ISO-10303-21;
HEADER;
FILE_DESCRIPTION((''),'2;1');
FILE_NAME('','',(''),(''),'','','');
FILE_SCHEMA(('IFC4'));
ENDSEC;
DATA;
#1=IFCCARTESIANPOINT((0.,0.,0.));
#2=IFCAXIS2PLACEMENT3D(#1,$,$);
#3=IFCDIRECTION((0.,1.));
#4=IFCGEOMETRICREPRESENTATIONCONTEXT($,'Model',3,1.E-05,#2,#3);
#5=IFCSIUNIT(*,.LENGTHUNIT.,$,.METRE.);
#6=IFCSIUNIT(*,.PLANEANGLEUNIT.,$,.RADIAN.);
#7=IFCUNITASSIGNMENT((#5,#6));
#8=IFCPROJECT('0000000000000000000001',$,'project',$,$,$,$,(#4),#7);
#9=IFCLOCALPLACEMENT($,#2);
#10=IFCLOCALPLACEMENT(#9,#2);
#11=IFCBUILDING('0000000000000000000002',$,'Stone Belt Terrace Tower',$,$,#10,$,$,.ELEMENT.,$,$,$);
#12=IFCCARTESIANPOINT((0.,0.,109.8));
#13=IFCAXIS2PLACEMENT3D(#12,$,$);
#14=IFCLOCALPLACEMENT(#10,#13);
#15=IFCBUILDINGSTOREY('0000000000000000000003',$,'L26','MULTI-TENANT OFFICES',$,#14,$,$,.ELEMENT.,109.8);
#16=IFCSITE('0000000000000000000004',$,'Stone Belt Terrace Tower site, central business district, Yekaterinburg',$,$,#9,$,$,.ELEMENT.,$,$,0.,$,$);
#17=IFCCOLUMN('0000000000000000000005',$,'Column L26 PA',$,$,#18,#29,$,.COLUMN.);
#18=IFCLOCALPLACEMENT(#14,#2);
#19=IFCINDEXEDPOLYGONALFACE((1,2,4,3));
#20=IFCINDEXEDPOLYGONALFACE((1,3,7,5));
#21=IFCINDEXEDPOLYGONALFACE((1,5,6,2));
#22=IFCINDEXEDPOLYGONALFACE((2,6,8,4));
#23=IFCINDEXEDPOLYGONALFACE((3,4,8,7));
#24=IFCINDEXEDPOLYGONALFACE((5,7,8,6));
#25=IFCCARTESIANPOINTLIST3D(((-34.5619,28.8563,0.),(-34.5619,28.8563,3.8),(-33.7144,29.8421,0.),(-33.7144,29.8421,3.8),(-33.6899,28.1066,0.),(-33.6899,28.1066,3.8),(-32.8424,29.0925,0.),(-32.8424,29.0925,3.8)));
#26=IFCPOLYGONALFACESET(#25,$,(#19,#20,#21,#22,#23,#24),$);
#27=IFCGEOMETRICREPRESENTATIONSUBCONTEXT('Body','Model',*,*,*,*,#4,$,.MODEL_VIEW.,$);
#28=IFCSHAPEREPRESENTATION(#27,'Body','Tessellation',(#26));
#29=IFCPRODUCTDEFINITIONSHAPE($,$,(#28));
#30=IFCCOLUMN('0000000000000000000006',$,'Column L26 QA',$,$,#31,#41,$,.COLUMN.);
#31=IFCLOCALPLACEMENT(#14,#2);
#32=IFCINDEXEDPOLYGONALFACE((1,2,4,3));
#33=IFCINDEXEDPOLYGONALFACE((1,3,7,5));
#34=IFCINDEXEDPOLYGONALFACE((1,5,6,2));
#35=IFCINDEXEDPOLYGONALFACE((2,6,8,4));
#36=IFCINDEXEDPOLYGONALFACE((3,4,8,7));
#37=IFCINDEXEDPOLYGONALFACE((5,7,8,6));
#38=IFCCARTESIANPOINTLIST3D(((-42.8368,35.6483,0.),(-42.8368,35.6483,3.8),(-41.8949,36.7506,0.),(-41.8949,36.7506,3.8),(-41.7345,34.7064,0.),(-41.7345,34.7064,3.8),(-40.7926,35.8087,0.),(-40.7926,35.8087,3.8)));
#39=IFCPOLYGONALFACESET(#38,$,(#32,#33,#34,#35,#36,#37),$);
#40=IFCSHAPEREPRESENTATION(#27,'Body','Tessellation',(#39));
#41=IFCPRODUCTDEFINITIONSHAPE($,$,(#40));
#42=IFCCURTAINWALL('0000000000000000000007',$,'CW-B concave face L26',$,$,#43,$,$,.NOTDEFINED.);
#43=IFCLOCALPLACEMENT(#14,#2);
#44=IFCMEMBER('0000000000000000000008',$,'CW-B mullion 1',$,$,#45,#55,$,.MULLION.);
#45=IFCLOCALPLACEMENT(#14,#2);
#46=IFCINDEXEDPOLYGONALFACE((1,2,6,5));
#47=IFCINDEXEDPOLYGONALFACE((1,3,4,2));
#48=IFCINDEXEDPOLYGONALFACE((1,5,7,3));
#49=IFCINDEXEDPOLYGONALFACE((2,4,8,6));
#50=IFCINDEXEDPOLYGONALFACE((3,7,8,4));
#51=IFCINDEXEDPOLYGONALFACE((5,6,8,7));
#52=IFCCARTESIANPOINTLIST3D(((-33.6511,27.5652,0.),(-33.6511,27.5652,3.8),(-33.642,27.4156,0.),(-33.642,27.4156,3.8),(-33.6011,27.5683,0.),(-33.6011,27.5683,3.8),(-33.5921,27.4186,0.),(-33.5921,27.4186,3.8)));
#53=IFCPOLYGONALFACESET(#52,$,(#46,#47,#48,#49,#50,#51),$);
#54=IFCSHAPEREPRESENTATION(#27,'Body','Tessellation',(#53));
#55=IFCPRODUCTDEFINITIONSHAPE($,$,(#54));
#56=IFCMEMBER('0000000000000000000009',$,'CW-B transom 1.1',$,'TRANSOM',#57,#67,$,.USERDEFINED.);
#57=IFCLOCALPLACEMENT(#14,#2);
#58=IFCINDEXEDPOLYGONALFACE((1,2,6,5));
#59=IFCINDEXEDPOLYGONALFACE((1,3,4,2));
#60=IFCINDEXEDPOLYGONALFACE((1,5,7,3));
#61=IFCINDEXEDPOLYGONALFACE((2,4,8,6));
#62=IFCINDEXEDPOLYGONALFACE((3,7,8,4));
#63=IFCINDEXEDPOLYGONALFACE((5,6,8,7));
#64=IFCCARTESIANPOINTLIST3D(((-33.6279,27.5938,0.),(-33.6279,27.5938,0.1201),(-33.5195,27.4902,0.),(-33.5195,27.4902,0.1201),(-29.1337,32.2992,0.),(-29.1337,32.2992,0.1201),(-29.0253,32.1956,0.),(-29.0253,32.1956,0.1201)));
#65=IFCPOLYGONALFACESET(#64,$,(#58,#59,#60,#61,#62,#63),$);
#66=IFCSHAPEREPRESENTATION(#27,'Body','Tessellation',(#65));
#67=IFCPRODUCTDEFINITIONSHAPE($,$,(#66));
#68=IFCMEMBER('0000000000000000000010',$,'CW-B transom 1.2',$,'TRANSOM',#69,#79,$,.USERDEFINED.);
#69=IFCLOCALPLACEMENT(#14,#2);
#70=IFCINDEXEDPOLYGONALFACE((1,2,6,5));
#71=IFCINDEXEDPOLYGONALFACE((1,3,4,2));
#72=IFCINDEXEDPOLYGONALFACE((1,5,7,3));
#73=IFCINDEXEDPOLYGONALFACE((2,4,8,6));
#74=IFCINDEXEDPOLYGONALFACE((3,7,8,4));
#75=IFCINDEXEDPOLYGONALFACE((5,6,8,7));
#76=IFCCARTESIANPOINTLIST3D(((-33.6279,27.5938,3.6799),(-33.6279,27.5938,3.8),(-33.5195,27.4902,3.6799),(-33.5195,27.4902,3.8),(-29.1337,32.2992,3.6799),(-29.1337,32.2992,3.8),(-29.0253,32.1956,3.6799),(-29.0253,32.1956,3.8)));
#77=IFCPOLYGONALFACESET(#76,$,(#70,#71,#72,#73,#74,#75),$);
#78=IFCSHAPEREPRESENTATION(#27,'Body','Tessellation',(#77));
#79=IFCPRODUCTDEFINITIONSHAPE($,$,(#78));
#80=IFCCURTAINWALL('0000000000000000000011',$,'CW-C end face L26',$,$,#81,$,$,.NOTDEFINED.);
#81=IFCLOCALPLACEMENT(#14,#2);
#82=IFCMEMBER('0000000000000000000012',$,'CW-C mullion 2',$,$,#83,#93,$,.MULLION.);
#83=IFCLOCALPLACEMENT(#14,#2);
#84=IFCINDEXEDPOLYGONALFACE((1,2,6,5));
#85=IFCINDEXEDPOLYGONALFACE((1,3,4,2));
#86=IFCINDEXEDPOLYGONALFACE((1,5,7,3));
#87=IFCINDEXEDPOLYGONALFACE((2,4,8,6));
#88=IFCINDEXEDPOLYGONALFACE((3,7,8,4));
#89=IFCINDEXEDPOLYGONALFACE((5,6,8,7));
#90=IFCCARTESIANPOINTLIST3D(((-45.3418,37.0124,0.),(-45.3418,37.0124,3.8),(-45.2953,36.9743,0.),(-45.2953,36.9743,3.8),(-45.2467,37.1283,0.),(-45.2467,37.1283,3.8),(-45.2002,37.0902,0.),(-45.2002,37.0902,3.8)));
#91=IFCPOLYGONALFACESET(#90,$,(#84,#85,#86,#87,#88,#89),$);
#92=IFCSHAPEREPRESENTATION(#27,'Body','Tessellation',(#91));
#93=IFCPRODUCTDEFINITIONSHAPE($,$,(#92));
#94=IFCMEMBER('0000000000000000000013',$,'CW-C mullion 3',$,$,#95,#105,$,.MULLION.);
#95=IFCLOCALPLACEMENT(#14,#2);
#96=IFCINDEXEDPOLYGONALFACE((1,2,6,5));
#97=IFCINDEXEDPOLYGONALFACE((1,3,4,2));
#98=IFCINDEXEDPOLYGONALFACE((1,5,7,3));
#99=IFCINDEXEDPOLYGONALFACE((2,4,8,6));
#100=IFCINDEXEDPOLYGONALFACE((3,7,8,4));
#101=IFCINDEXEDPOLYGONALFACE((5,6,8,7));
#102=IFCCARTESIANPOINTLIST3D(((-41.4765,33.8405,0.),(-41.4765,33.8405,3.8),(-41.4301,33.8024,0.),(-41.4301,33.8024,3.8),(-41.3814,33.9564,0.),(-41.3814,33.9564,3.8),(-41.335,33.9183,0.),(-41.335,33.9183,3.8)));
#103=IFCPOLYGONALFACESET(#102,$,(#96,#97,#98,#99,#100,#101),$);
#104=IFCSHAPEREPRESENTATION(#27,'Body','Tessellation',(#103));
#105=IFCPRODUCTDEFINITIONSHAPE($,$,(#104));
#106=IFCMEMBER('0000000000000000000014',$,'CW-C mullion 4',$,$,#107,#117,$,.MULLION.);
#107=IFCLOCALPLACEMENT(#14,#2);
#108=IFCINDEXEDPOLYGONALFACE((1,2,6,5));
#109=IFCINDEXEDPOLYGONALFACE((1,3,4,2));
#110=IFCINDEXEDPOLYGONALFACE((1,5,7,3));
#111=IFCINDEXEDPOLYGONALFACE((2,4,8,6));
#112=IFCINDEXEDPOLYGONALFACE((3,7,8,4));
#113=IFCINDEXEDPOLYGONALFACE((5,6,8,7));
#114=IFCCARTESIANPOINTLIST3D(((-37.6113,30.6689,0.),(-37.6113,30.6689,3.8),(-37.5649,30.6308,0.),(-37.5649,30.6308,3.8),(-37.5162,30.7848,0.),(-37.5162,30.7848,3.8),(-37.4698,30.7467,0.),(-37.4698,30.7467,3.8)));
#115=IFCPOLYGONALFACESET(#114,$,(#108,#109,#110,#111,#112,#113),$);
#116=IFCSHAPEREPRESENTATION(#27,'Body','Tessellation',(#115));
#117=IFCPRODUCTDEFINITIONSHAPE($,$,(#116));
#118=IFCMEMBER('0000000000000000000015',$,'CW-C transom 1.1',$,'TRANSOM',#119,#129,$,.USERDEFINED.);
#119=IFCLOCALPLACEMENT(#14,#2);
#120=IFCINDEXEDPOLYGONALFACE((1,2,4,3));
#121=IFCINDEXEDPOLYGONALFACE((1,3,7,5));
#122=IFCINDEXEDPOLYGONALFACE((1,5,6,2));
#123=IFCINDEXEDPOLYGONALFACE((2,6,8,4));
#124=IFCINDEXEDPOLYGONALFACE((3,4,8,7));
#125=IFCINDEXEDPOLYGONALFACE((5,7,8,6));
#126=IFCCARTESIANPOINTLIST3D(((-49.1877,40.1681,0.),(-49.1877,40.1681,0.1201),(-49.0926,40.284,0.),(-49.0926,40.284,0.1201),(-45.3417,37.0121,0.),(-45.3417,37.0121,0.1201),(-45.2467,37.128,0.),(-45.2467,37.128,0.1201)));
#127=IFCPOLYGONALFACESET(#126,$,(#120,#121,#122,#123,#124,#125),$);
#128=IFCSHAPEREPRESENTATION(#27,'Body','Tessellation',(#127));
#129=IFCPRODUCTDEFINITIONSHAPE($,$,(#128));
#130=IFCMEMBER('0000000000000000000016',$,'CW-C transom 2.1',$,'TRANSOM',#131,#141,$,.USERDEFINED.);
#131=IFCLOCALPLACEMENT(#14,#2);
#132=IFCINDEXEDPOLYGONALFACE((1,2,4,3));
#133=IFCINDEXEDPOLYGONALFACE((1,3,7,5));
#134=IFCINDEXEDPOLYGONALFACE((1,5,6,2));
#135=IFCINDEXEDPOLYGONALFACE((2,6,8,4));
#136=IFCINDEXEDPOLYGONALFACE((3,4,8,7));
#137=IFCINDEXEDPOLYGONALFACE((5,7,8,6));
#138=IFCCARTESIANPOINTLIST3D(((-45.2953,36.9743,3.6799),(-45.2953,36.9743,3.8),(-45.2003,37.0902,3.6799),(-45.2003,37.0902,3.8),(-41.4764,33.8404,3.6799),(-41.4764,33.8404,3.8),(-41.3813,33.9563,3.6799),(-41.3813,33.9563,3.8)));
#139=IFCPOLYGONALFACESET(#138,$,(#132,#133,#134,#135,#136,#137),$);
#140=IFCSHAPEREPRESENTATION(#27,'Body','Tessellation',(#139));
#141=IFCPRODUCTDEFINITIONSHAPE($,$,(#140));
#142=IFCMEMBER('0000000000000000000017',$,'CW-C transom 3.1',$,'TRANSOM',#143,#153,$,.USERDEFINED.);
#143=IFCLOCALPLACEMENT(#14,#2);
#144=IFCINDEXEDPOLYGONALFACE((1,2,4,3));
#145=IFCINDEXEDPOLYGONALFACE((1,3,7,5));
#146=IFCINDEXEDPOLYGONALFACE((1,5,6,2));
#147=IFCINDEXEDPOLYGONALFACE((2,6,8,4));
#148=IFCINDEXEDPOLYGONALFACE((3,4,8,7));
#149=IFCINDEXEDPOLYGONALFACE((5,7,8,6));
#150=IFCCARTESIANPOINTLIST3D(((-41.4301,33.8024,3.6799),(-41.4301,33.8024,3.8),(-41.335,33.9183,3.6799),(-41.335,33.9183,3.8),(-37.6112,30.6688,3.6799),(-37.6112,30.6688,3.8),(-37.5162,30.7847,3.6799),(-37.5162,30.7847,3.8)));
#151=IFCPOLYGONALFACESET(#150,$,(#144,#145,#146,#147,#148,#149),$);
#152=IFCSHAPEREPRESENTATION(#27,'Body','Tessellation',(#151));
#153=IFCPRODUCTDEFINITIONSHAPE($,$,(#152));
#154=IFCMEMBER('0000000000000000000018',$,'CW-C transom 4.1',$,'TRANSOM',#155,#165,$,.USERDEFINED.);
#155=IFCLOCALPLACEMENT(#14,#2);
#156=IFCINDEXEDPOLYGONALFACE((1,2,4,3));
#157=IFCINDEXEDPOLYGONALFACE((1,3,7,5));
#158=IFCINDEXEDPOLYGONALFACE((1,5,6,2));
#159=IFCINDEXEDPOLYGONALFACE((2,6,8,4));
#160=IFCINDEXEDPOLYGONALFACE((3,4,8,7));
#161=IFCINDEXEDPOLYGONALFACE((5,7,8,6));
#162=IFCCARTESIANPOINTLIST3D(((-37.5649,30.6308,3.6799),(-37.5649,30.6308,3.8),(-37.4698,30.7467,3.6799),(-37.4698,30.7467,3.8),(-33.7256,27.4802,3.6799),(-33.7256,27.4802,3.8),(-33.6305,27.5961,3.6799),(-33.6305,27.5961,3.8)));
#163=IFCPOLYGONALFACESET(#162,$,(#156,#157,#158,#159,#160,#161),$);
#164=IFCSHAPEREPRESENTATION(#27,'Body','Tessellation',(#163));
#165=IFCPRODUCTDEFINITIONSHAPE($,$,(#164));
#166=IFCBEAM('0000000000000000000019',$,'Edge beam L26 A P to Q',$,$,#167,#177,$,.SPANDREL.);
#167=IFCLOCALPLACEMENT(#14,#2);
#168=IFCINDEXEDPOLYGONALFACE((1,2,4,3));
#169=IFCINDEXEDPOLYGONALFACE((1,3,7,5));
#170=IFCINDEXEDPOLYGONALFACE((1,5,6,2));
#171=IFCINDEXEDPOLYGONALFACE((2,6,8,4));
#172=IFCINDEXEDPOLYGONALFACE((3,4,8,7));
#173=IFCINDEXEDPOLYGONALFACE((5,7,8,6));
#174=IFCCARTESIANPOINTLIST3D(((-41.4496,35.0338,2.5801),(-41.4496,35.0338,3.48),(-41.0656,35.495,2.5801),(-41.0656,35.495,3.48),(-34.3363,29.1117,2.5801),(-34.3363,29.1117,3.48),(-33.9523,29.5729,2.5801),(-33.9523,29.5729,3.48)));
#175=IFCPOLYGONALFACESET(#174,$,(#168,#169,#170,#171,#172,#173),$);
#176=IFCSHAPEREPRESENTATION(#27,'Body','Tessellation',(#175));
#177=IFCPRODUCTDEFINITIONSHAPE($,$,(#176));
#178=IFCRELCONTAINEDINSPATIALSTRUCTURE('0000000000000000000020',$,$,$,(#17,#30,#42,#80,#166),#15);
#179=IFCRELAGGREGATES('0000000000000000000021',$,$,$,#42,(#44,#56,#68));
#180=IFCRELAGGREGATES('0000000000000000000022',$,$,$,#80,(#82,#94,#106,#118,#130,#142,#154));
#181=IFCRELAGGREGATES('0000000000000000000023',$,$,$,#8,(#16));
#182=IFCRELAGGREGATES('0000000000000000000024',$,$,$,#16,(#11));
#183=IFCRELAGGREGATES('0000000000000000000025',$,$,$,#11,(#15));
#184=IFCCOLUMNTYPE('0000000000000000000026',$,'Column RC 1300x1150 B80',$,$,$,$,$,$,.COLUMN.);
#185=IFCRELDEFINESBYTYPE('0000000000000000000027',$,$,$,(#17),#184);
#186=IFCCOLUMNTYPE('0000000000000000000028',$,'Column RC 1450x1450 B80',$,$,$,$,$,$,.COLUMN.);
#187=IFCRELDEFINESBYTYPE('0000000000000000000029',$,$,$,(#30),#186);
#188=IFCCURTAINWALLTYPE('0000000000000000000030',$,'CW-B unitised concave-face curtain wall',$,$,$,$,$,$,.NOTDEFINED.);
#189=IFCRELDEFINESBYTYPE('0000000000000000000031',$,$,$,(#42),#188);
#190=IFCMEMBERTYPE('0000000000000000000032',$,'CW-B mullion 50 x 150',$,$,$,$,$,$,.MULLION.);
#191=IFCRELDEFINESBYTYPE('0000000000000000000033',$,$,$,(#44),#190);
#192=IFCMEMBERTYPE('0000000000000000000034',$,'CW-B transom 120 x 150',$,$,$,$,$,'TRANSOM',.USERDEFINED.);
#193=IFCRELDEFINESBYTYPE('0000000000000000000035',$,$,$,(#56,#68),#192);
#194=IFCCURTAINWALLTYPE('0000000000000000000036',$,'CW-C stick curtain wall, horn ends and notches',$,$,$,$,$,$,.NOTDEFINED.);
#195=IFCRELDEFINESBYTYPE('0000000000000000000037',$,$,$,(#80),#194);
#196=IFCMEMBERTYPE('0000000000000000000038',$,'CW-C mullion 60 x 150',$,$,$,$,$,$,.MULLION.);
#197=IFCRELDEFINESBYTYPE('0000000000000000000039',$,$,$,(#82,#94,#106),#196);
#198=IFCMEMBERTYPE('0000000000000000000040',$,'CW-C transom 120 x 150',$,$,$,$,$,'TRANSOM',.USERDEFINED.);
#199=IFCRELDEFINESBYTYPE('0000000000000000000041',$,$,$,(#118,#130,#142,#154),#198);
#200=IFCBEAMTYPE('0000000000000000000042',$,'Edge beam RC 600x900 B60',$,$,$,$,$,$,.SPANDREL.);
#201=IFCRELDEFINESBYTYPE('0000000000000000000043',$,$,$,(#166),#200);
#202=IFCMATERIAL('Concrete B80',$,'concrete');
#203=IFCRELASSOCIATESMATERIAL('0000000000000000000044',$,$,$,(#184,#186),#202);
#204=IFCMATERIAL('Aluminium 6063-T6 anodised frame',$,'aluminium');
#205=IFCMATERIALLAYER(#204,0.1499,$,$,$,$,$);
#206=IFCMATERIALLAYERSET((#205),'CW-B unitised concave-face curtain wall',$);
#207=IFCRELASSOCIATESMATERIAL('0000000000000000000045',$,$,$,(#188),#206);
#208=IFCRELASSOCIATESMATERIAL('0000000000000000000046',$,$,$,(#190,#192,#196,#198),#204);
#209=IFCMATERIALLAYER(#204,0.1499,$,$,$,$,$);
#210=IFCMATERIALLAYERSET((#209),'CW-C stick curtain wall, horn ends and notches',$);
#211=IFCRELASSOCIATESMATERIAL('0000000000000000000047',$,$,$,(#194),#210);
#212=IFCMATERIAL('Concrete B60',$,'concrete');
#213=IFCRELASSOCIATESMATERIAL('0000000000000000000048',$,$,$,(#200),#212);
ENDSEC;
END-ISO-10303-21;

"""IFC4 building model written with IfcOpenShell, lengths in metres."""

from ifc_helpers import new_model, si_unit, direction, frame, origin, origin_2d, place, context, subcontext, project, spatial, rectangle, extrude, material, layer, layer_set, material_profile, profile_set, type_object, element, aggregate, save


model = new_model("IFC4")

# Units and contexts
model_context = context("Model", 3, precision=1e-05, world=origin(), true_north=direction((0.0, 1.0)))
body_context = subcontext(model_context, "Body", "Model", "MODEL_VIEW")
ifc_project = project(units=[si_unit("LENGTHUNIT", "METRE"), si_unit("PLANEANGLEUNIT", "RADIAN")], contexts=[model_context])

# Site, building, storey
site_placement = place(None, origin())
site = spatial("IfcSite", under=ifc_project, at=site_placement, Name="Stone Belt Terrace Tower site, central business district, Yekaterinburg", CompositionType="ELEMENT", RefElevation=0.0)
building_placement = place(site_placement, origin())
building = spatial("IfcBuilding", under=site, at=building_placement, Name="Stone Belt Terrace Tower", CompositionType="ELEMENT")
storey_placement = place(building_placement, frame((0.0, 0.0, 109.8)))
storey = spatial("IfcBuildingStorey", under=building, at=storey_placement, Name="L26", Description="MULTI-TENANT OFFICES", CompositionType="ELEMENT", Elevation=109.8)

# Columns
ifc_material_1 = material(Name="Concrete B80", Category="concrete")
ifc_material_profile_1 = material_profile(ifc_material_1, rectangle(XDim=1.3, YDim=1.1499, at=origin_2d()), Name="RC 1300x1150")
ifc_profile_set_1 = profile_set([ifc_material_profile_1], Name="Concrete B80")
column_type_1 = type_object("IfcColumnType", Name="Column RC 1300x1150 B80", PredefinedType="COLUMN", material=ifc_profile_set_1)
column_1_placement = place(storey_placement, frame((-33.7021, 28.9744, 0.0), z_axis=(0.0, 0.0, 1.0), x_axis=(0.651917, 0.75829, 0.0)))
element("IfcColumn", 1, at=column_1_placement, inside=storey, type_object=column_type_1, Name="Column L26 PA", PredefinedType="COLUMN", context=body_context, shape_type="SweptSolid", body=[
    extrude(rectangle(XDim=1.3, YDim=1.1499, at=origin_2d()), origin(), (0.0, 0.0, 1.0), 3.8),
])
ifc_material_profile_2 = material_profile(ifc_material_1, rectangle(XDim=1.45, YDim=1.45, at=origin_2d()), Name="RC 1450x1450")
ifc_profile_set_2 = profile_set([ifc_material_profile_2], Name="Concrete B80")
column_type_2 = type_object("IfcColumnType", Name="Column RC 1450x1450 B80", PredefinedType="COLUMN", material=ifc_profile_set_2)
column_2_placement = place(storey_placement, frame((-41.8147, 35.7285, 0.0), z_axis=(0.0, 0.0, 1.0), x_axis=(0.649609, 0.760269, 0.0)))
element("IfcColumn", 2, at=column_2_placement, inside=storey, type_object=column_type_2, Name="Column L26 QA", PredefinedType="COLUMN", context=body_context, shape_type="SweptSolid", body=[
    extrude(rectangle(XDim=1.45, YDim=1.45, at=origin_2d()), origin(), (0.0, 0.0, 1.0), 3.8),
])

# Curtain walls, members
ifc_material_2 = material(Name="Aluminium 6063-T6 anodised frame", Category="aluminium")
ifc_layer_1 = layer(ifc_material_2, 0.1499)
ifc_layer_set_1 = layer_set([ifc_layer_1], Name="CW-B unitised concave-face curtain wall")
curtain_wall_type_1 = type_object("IfcCurtainWallType", Name="CW-B unitised concave-face curtain wall", PredefinedType="NOTDEFINED", material=ifc_layer_set_1)
curtain_wall_1_placement = place(storey_placement, origin())
curtain_wall_1 = element("IfcCurtainWall", 3, at=curtain_wall_1_placement, inside=storey, type_object=curtain_wall_type_1, Name="CW-B concave face L26", PredefinedType="NOTDEFINED")
ifc_material_profile_3 = material_profile(ifc_material_2, rectangle(XDim=0.1499, YDim=0.05, at=origin_2d()), Name="Aluminium 6063-T6 50x150")
ifc_profile_set_3 = profile_set([ifc_material_profile_3], Name="Aluminium 6063-T6 anodised frame")
member_type_1 = type_object("IfcMemberType", Name="CW-B mullion 50 x 150", PredefinedType="MULLION", material=ifc_profile_set_3)
member_1_placement = place(storey_placement, frame((-33.6216, 27.4919, 0.0), z_axis=(0.0, 0.0, 1.0), x_axis=(-0.060552, 0.998165, 0.0)))
member_1 = element("IfcMember", 4, at=member_1_placement, type_object=member_type_1, Name="CW-B mullion 1", PredefinedType="MULLION", context=body_context, shape_type="SweptSolid", body=[
    extrude(rectangle(XDim=0.1499, YDim=0.05, at=origin_2d()), origin(), (0.0, 0.0, 1.0), 3.8),
])
ifc_material_profile_4 = material_profile(ifc_material_2, rectangle(XDim=0.1499, YDim=0.1201, at=origin_2d()), Name="Aluminium 6063-T6 150x120")
ifc_profile_set_4 = profile_set([ifc_material_profile_4], Name="Aluminium 6063-T6 anodised frame")
member_type_2 = type_object("IfcMemberType", Name="CW-B transom 120 x 150", ElementType="TRANSOM", PredefinedType="USERDEFINED", material=ifc_profile_set_4)
member_2_placement = place(storey_placement, frame((-33.5737, 27.542, 0.0601), z_axis=(0.690693, 0.723149, 0.0), x_axis=(-0.723149, 0.690693, 0.0)))
member_2 = element("IfcMember", 5, at=member_2_placement, type_object=member_type_2, Name="CW-B transom 1.1", ObjectType="TRANSOM", PredefinedType="USERDEFINED", context=body_context, shape_type="SweptSolid", body=[
    extrude(rectangle(XDim=0.1499, YDim=0.1201, at=origin_2d()), origin(), (0.0, 0.0, 1.0), 6.5068),
])
member_3_placement = place(storey_placement, frame((-33.5737, 27.542, 3.74), z_axis=(0.690693, 0.723149, 0.0), x_axis=(-0.723149, 0.690693, 0.0)))
member_3 = element("IfcMember", 6, at=member_3_placement, type_object=member_type_2, Name="CW-B transom 1.2", ObjectType="TRANSOM", PredefinedType="USERDEFINED", context=body_context, shape_type="SweptSolid", body=[
    extrude(rectangle(XDim=0.1499, YDim=0.1201, at=origin_2d()), origin(), (0.0, 0.0, 1.0), 6.5068),
])
aggregate(curtain_wall_1, [member_1, member_2, member_3])
ifc_layer_2 = layer(ifc_material_2, 0.1499)
ifc_layer_set_2 = layer_set([ifc_layer_2], Name="CW-C stick curtain wall, horn ends and notches")
curtain_wall_type_2 = type_object("IfcCurtainWallType", Name="CW-C stick curtain wall, horn ends and notches", PredefinedType="NOTDEFINED", material=ifc_layer_set_2)
curtain_wall_2_placement = place(storey_placement, origin())
curtain_wall_2 = element("IfcCurtainWall", 7, at=curtain_wall_2_placement, inside=storey, type_object=curtain_wall_type_2, Name="CW-C end face L26", PredefinedType="NOTDEFINED")
ifc_material_profile_5 = material_profile(ifc_material_2, rectangle(XDim=0.1499, YDim=0.0601, at=origin_2d()), Name="Aluminium 6063-T6 60x150")
ifc_profile_set_5 = profile_set([ifc_material_profile_5], Name="Aluminium 6063-T6 anodised frame")
member_type_3 = type_object("IfcMemberType", Name="CW-C mullion 60 x 150", PredefinedType="MULLION", material=ifc_profile_set_5)
member_4_placement = place(storey_placement, frame((-45.271, 37.0513, 0.0), z_axis=(0.0, 0.0, 1.0), x_axis=(0.634344, 0.773051, 0.0)))
member_4 = element("IfcMember", 8, at=member_4_placement, type_object=member_type_3, Name="CW-C mullion 2", PredefinedType="MULLION", context=body_context, shape_type="SweptSolid", body=[
    extrude(rectangle(XDim=0.1499, YDim=0.0601, at=origin_2d()), origin(), (0.0, 0.0, 1.0), 3.8),
])
member_5_placement = place(storey_placement, frame((-41.4058, 33.8794, 0.0), z_axis=(0.0, 0.0, 1.0), x_axis=(0.634344, 0.773051, 0.0)))
member_5 = element("IfcMember", 9, at=member_5_placement, type_object=member_type_3, Name="CW-C mullion 3", PredefinedType="MULLION", context=body_context, shape_type="SweptSolid", body=[
    extrude(rectangle(XDim=0.1499, YDim=0.0601, at=origin_2d()), origin(), (0.0, 0.0, 1.0), 3.8),
])
member_6_placement = place(storey_placement, frame((-37.5405, 30.7078, 0.0), z_axis=(0.0, 0.0, 1.0), x_axis=(0.634344, 0.773051, 0.0)))
member_6 = element("IfcMember", 10, at=member_6_placement, type_object=member_type_3, Name="CW-C mullion 4", PredefinedType="MULLION", context=body_context, shape_type="SweptSolid", body=[
    extrude(rectangle(XDim=0.1499, YDim=0.0601, at=origin_2d()), origin(), (0.0, 0.0, 1.0), 3.8),
])
ifc_material_profile_6 = material_profile(ifc_material_2, rectangle(XDim=0.1499, YDim=0.1201, at=origin_2d()), Name="Aluminium 6063-T6 150x120")
ifc_profile_set_6 = profile_set([ifc_material_profile_6], Name="Aluminium 6063-T6 anodised frame")
member_type_4 = type_object("IfcMemberType", Name="CW-C transom 120 x 150", ElementType="TRANSOM", PredefinedType="USERDEFINED", material=ifc_profile_set_6)
member_7_placement = place(storey_placement, frame((-49.1401, 40.2261, 0.0601), z_axis=(0.773038, -0.634359, 0.0), x_axis=(0.634359, 0.773038, 0.0)))
member_7 = element("IfcMember", 11, at=member_7_placement, type_object=member_type_4, Name="CW-C transom 1.1", ObjectType="TRANSOM", PredefinedType="USERDEFINED", context=body_context, shape_type="SweptSolid", body=[
    extrude(rectangle(XDim=0.1499, YDim=0.1201, at=origin_2d()), origin(), (0.0, 0.0, 1.0), 4.9751),
])
member_8_placement = place(storey_placement, frame((-45.2478, 37.0322, 3.74), z_axis=(0.773036, -0.634362, 0.0), x_axis=(0.634362, 0.773036, 0.0)))
member_8 = element("IfcMember", 12, at=member_8_placement, type_object=member_type_4, Name="CW-C transom 2.1", ObjectType="TRANSOM", PredefinedType="USERDEFINED", context=body_context, shape_type="SweptSolid", body=[
    extrude(rectangle(XDim=0.1499, YDim=0.1201, at=origin_2d()), origin(), (0.0, 0.0, 1.0), 4.9402),
])
member_9_placement = place(storey_placement, frame((-41.3826, 33.8604, 3.74), z_axis=(0.77306, -0.634333, 0.0), x_axis=(0.634333, 0.77306, 0.0)))
member_9 = element("IfcMember", 13, at=member_9_placement, type_object=member_type_4, Name="CW-C transom 3.1", ObjectType="TRANSOM", PredefinedType="USERDEFINED", context=body_context, shape_type="SweptSolid", body=[
    extrude(rectangle(XDim=0.1499, YDim=0.1201, at=origin_2d()), origin(), (0.0, 0.0, 1.0), 4.9399),
])
member_10_placement = place(storey_placement, frame((-37.5173, 30.6887, 3.74), z_axis=(0.773034, -0.634364, 0.0), x_axis=(0.634364, 0.773034, 0.0)))
member_10 = element("IfcMember", 14, at=member_10_placement, type_object=member_type_4, Name="CW-C transom 4.1", ObjectType="TRANSOM", PredefinedType="USERDEFINED", context=body_context, shape_type="SweptSolid", body=[
    extrude(rectangle(XDim=0.1499, YDim=0.1201, at=origin_2d()), origin(), (0.0, 0.0, 1.0), 4.9666),
])

# Beam
ifc_material_3 = material(Name="Concrete B60", Category="concrete")
ifc_material_profile_7 = material_profile(ifc_material_3, rectangle(XDim=0.6001, YDim=0.8999, at=origin_2d()), Name="RC 600x900")
ifc_profile_set_7 = profile_set([ifc_material_profile_7], Name="Concrete B60")
beam_type_1 = type_object("IfcBeamType", Name="Edge beam RC 600x900 B60", PredefinedType="SPANDREL", material=ifc_profile_set_7)
beam_1_placement = place(storey_placement, frame((-34.1443, 29.3423, 3.03), z_axis=(-0.76852, 0.639826, 0.0), x_axis=(-0.639826, -0.76852, 0.0)))
element("IfcBeam", 15, at=beam_1_placement, inside=storey, type_object=beam_type_1, Name="Edge beam L26 A P to Q", PredefinedType="SPANDREL", context=body_context, shape_type="SweptSolid", body=[
    extrude(rectangle(XDim=0.6001, YDim=0.8999, at=origin_2d()), origin(), (0.0, 0.0, 1.0), 9.2559),
])

aggregate(curtain_wall_2, [member_4, member_5, member_6, member_7, member_8, member_9, member_10])

save(model, "model.ifc")
